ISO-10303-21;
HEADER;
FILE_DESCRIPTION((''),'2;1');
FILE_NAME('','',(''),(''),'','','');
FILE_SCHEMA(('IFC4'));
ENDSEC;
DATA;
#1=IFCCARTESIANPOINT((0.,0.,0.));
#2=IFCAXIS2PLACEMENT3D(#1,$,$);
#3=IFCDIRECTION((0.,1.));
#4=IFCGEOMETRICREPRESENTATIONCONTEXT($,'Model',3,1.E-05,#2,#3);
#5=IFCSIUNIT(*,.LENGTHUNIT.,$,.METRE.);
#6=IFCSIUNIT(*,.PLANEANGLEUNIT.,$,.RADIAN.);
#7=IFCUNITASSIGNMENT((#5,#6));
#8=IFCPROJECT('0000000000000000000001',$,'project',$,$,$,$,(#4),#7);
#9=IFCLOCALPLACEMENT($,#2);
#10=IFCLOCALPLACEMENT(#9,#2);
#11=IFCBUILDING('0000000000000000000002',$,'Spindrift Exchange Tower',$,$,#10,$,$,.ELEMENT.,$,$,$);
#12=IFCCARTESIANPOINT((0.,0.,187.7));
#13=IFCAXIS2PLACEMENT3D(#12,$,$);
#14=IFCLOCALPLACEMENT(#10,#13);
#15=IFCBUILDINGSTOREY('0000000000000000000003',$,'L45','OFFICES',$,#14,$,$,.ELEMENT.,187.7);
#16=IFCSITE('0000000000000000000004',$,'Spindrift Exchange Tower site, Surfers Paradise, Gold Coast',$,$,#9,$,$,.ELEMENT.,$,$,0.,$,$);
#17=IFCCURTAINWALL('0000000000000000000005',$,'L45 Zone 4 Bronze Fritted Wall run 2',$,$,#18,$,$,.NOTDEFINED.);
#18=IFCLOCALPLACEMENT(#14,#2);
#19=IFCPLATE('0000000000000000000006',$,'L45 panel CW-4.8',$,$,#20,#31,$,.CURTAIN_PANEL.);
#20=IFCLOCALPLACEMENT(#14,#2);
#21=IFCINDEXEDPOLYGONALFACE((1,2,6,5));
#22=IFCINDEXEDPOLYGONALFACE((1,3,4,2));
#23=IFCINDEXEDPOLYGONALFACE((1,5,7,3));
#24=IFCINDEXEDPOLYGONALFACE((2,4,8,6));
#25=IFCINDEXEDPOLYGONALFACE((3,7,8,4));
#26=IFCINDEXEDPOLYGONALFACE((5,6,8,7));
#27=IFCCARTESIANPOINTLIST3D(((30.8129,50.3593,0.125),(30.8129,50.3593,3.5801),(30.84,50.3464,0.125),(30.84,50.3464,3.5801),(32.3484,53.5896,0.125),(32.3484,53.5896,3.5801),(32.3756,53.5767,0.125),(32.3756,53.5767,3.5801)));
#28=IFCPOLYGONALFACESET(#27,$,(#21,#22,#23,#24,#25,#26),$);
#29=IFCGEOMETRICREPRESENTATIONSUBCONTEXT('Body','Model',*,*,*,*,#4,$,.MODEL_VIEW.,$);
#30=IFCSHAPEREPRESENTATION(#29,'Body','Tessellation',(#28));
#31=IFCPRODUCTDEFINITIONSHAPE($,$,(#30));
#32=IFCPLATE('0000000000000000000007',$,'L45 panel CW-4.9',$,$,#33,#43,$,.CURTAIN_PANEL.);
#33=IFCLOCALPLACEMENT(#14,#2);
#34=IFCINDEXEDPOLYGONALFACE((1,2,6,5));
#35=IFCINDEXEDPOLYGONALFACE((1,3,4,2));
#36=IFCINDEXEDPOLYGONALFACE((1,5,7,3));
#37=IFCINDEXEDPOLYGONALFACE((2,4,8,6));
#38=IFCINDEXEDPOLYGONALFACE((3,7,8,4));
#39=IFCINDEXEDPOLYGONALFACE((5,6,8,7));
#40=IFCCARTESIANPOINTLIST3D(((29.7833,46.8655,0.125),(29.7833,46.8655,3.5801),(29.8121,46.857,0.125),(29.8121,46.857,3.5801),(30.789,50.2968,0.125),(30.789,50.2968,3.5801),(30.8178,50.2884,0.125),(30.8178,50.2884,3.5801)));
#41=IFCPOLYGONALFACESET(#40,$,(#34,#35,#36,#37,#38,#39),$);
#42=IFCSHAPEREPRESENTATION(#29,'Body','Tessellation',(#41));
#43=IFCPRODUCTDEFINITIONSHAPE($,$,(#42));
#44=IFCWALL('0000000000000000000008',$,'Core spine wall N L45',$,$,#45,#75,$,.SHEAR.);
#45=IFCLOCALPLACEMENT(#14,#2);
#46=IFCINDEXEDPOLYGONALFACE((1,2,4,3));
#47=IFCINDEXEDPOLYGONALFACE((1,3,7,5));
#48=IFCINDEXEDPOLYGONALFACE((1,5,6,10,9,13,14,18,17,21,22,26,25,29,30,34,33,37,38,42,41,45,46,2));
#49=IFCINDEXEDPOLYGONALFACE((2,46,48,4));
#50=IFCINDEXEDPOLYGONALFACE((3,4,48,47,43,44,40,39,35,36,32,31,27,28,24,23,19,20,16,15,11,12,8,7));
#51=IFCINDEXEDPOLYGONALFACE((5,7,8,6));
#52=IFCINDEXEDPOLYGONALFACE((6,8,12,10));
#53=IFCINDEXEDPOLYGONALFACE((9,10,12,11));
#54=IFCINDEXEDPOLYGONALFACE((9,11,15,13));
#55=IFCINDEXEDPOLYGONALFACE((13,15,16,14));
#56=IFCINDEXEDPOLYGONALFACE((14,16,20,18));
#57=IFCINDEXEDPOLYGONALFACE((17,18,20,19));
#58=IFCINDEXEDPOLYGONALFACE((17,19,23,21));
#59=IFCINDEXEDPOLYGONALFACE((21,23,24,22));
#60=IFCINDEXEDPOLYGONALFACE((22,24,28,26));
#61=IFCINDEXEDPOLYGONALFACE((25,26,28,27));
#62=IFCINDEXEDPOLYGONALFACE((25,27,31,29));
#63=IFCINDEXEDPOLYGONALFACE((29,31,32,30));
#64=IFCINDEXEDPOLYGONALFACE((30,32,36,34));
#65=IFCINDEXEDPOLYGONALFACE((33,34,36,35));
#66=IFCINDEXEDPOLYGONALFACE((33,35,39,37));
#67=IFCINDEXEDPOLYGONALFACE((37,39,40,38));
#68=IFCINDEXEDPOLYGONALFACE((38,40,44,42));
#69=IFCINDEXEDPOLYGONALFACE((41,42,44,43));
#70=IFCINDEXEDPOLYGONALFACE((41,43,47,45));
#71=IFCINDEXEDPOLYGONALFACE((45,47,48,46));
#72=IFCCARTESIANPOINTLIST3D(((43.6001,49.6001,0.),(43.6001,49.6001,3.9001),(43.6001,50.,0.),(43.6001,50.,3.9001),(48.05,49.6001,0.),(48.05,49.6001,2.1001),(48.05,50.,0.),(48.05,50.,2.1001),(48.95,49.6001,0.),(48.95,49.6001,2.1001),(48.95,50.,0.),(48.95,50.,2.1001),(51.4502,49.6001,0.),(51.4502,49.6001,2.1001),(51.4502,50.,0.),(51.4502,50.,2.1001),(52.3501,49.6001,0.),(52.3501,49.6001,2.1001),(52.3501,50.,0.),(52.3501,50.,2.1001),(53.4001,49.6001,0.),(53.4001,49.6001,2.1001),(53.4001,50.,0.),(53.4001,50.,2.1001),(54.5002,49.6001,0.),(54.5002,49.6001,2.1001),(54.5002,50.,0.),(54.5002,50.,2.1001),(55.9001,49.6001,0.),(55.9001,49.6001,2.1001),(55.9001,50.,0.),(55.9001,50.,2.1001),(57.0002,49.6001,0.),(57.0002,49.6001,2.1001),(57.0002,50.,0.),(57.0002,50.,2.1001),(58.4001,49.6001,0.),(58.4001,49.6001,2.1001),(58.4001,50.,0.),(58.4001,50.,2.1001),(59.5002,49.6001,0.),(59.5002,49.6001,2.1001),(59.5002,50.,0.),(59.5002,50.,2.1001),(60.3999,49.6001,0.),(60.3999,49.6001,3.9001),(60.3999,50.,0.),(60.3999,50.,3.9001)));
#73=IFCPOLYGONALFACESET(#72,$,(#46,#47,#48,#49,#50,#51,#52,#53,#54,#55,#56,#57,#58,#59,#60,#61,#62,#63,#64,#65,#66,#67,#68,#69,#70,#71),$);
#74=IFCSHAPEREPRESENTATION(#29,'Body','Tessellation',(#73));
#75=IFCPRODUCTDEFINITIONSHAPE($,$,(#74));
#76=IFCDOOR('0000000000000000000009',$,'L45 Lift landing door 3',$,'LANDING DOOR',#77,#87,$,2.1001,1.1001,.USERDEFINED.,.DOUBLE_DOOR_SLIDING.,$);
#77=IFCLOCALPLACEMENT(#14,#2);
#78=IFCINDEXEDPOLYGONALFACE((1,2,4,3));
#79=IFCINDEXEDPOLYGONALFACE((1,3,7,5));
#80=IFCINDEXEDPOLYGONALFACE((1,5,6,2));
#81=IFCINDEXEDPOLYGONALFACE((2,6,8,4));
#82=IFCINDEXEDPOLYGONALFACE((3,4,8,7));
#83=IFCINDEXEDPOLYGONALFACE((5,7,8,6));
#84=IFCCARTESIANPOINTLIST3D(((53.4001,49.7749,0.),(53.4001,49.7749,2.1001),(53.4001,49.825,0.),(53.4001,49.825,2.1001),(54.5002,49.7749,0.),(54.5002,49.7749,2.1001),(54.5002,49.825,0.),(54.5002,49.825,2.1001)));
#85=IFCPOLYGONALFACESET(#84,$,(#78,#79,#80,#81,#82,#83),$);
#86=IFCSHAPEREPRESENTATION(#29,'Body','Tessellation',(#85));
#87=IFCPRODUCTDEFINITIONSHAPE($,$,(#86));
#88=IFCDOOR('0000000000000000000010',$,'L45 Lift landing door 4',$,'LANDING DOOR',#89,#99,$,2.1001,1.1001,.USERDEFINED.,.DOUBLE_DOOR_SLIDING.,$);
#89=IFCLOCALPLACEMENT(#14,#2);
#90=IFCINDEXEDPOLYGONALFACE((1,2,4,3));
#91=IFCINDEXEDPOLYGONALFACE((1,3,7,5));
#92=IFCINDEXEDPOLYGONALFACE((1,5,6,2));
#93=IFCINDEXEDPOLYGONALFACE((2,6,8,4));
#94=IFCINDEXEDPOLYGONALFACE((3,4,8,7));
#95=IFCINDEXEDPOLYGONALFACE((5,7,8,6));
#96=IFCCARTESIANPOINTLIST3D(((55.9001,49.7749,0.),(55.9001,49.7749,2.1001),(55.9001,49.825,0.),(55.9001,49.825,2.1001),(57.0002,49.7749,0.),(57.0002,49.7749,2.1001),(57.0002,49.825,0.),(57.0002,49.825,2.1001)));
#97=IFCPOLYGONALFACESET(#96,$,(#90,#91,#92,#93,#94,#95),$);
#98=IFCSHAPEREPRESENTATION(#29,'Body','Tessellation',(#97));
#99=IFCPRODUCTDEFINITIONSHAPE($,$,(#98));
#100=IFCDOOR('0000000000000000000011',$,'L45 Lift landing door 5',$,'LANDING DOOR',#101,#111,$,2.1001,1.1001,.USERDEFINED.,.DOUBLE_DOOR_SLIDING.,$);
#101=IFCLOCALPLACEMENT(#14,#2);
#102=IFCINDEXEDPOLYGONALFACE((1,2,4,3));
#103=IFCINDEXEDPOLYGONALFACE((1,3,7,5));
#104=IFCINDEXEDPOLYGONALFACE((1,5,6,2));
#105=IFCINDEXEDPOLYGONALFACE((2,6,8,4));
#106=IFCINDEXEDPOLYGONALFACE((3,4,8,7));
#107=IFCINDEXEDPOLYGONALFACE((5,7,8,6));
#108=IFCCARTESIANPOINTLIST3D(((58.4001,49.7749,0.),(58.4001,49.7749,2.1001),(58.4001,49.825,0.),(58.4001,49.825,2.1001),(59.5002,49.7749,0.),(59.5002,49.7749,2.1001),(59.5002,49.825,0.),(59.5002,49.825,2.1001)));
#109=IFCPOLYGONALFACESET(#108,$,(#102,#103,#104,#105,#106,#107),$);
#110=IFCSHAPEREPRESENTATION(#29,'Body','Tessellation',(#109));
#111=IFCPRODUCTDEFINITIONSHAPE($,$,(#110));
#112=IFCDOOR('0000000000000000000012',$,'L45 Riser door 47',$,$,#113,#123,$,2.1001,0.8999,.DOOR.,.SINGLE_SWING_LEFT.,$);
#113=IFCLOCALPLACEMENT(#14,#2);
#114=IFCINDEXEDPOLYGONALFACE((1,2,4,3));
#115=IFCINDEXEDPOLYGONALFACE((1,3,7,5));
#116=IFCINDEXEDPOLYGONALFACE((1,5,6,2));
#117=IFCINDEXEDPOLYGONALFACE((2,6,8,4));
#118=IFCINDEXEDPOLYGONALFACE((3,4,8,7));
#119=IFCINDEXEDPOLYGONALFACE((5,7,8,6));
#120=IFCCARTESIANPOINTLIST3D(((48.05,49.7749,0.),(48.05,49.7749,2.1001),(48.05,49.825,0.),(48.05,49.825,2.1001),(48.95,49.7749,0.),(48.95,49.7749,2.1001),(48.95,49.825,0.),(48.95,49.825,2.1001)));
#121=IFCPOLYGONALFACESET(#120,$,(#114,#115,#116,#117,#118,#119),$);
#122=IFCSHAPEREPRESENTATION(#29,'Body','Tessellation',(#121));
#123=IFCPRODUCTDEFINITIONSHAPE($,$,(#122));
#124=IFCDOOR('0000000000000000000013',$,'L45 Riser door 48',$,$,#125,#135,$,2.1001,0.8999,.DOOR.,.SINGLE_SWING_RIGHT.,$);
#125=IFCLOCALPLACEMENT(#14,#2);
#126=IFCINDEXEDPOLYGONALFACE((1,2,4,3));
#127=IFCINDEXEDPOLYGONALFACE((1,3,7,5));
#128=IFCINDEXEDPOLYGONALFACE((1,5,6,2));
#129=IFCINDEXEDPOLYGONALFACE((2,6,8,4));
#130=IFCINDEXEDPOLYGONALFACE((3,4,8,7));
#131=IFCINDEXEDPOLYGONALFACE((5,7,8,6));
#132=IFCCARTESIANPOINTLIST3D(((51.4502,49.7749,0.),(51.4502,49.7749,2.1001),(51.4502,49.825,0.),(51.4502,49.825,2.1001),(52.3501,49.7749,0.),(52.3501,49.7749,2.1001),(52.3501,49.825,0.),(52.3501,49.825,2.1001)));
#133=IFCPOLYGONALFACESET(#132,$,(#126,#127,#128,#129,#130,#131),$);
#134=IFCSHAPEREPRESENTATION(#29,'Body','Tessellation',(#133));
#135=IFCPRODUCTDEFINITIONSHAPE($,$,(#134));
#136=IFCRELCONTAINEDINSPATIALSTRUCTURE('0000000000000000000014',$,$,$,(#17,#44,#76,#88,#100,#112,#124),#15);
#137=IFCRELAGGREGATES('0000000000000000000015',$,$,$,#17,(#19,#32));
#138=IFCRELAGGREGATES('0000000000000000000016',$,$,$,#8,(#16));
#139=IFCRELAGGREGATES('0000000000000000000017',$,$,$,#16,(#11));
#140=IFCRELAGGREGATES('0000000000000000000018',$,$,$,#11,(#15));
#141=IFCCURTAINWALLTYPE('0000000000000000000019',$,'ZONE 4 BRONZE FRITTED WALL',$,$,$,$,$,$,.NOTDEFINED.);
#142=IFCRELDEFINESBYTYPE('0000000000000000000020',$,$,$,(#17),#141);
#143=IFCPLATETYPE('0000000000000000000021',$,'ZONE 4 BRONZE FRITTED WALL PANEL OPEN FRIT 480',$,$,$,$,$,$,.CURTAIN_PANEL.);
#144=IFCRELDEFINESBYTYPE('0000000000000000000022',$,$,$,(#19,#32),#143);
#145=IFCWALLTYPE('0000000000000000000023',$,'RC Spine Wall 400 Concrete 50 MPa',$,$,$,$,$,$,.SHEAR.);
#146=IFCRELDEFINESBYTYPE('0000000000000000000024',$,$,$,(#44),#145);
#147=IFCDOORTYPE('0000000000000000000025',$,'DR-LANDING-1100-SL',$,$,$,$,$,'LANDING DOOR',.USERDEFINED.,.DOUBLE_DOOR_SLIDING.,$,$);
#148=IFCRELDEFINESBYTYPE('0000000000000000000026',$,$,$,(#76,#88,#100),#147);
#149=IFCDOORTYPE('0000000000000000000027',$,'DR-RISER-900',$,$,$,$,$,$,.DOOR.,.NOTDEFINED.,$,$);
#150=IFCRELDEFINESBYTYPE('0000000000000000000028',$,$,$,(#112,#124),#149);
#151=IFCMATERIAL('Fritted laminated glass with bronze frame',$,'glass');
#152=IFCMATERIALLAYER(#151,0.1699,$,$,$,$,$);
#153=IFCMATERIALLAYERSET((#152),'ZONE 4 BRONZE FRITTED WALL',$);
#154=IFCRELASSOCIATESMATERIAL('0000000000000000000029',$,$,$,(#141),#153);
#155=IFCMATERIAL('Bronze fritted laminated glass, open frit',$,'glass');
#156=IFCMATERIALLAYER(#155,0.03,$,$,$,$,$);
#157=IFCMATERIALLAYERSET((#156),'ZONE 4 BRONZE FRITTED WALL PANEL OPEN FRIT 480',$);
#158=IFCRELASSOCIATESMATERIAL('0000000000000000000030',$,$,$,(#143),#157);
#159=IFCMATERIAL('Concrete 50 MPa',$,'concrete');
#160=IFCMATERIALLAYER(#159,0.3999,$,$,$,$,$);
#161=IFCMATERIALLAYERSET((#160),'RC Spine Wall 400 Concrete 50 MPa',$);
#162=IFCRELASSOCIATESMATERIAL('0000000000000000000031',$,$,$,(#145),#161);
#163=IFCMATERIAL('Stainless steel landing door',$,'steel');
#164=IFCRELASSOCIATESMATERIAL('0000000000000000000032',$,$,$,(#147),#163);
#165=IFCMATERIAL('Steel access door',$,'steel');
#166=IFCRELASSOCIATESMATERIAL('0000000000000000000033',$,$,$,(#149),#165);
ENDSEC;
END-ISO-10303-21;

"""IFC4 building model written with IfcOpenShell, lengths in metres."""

from ifc_helpers import new_model, si_unit, direction, frame, frame_2d, origin, origin_2d, place, context, subcontext, project, spatial, rectangle, extrude, source, transform, mapped, material, layer, layer_set, type_object, element, fill, aggregate, save


model = new_model("IFC4")

# Units and contexts
model_context = context("Model", 3, precision=1e-05, world=origin(), true_north=direction((0.0, 1.0)))
body_context = subcontext(model_context, "Body", "Model", "MODEL_VIEW")
ifc_project = project(units=[si_unit("LENGTHUNIT", "METRE"), si_unit("PLANEANGLEUNIT", "RADIAN")], contexts=[model_context])

# Site, building, storey
site_placement = place(None, origin())
site = spatial("IfcSite", under=ifc_project, at=site_placement, Name="Spindrift Exchange Tower site, Surfers Paradise, Gold Coast", CompositionType="ELEMENT", RefElevation=0.0)
building_placement = place(site_placement, origin())
building = spatial("IfcBuilding", under=site, at=building_placement, Name="Spindrift Exchange Tower", CompositionType="ELEMENT")
storey_placement = place(building_placement, frame((0.0, 0.0, 187.7)))
storey = spatial("IfcBuildingStorey", under=building, at=storey_placement, Name="L45", Description="OFFICES", CompositionType="ELEMENT", Elevation=187.7)

# Shared definitions
ifc_material_1 = material(Name="Concrete 50 MPa", Category="concrete")

# Curtain wall, plates
ifc_material_2 = material(Name="Fritted laminated glass with bronze frame", Category="glass")
ifc_layer_1 = layer(ifc_material_2, 0.1699)
ifc_layer_set_1 = layer_set([ifc_layer_1], Name="ZONE 4 BRONZE FRITTED WALL")
curtain_wall_type = type_object("IfcCurtainWallType", Name="ZONE 4 BRONZE FRITTED WALL", PredefinedType="NOTDEFINED", material=ifc_layer_set_1)
curtain_wall_placement = place(storey_placement, origin())
curtain_wall = element("IfcCurtainWall", 1, at=curtain_wall_placement, inside=storey, type_object=curtain_wall_type, Name="L45 Zone 4 Bronze Fritted Wall run 2", PredefinedType="NOTDEFINED")
ifc_material_3 = material(Name="Bronze fritted laminated glass, open frit", Category="glass")
ifc_layer_2 = layer(ifc_material_3, 0.03)
ifc_layer_set_2 = layer_set([ifc_layer_2], Name="ZONE 4 BRONZE FRITTED WALL PANEL OPEN FRIT 480")
plate_type_1 = type_object("IfcPlateType", Name="ZONE 4 BRONZE FRITTED WALL PANEL OPEN FRIT 480", PredefinedType="CURTAIN_PANEL", material=ifc_layer_set_2)
shared_shape_1 = source(origin(), body_context, "Body", "SweptSolid", [
    extrude(rectangle(XDim=3.5767, YDim=0.03, at=origin_2d()), origin(), (0.0, 0.0, 1.0), 3.4551),
])
plate_1_placement = place(storey_placement, frame((31.5942, 51.968, 0.125), z_axis=(0.0, 0.0, 1.0), x_axis=(-0.42932, -0.903153, 0.0)))
plate_1 = element("IfcPlate", 2, at=plate_1_placement, type_object=plate_type_1, Name="L45 panel CW-4.8", PredefinedType="CURTAIN_PANEL", context=body_context, shape_type="MappedRepresentation", body=[
    mapped(shared_shape_1, transform((0.0, 0.0, 0.0), scale=1.0)),
])
shared_shape_2 = source(origin(), body_context, "Body", "SweptSolid", [
    extrude(rectangle(XDim=3.5757, YDim=0.03, at=origin_2d()), origin(), (0.0, 0.0, 1.0), 3.4551),
])
plate_2_placement = place(storey_placement, frame((30.3005, 48.5769, 0.125), z_axis=(0.0, 0.0, 1.0), x_axis=(-0.281248, -0.959635, 0.0)))
plate_2 = element("IfcPlate", 3, at=plate_2_placement, type_object=plate_type_1, Name="L45 panel CW-4.9", PredefinedType="CURTAIN_PANEL", context=body_context, shape_type="MappedRepresentation", body=[
    mapped(shared_shape_2, transform((0.0, 0.0, 0.0), scale=1.0)),
])
aggregate(curtain_wall, [plate_1, plate_2])

# Wall, openings, doors
ifc_layer_3 = layer(ifc_material_1, 0.3999)
ifc_layer_set_3 = layer_set([ifc_layer_3], Name="RC Spine Wall 400 Concrete 50 MPa")
wall_type_1 = type_object("IfcWallType", Name="RC Spine Wall 400 Concrete 50 MPa", PredefinedType="SHEAR", material=ifc_layer_set_3)
wall_1_placement = place(storey_placement, frame((43.6001, 49.8, 0.0), z_axis=(0.0, 0.0, 1.0), x_axis=(1.0, 0.0, 0.0)))
wall_1 = element("IfcWall", 4, at=wall_1_placement, inside=storey, type_object=wall_type_1, Name="Core spine wall N L45", PredefinedType="SHEAR", context=body_context, shape_type="SweptSolid", body=[
    extrude(rectangle(XDim=16.7998, YDim=0.3999, at=frame_2d((8.3999, 0.0))), origin(), (0.0, 0.0, 1.0), 3.9001),
])
opening_1_placement = place(wall_1_placement, frame((9.8, 0.0, 0.0)))
opening_1 = element("IfcOpeningElement", 5, at=opening_1_placement, cuts=wall_1, PredefinedType="OPENING", context=body_context, shape_type="SweptSolid", body=[
    extrude(rectangle(XDim=1.1001, YDim=2.1001, at=frame_2d((0.55, 1.05))), frame((0.0, 0.21, 0.0), z_axis=(0.0, -1.0, 0.0), x_axis=(1.0, 0.0, 0.0)), (0.0, 0.0, 1.0), 0.4199),
])
opening_2_placement = place(wall_1_placement, frame((12.3, 0.0, 0.0)))
opening_2 = element("IfcOpeningElement", 6, at=opening_2_placement, cuts=wall_1, PredefinedType="OPENING", context=body_context, shape_type="SweptSolid", body=[
    extrude(rectangle(XDim=1.1001, YDim=2.1001, at=frame_2d((0.55, 1.05))), frame((0.0, 0.21, 0.0), z_axis=(0.0, -1.0, 0.0), x_axis=(1.0, 0.0, 0.0)), (0.0, 0.0, 1.0), 0.4199),
])
opening_3_placement = place(wall_1_placement, frame((14.8, 0.0, 0.0)))
opening_3 = element("IfcOpeningElement", 7, at=opening_3_placement, cuts=wall_1, PredefinedType="OPENING", context=body_context, shape_type="SweptSolid", body=[
    extrude(rectangle(XDim=1.1001, YDim=2.1001, at=frame_2d((0.55, 1.05))), frame((0.0, 0.21, 0.0), z_axis=(0.0, -1.0, 0.0), x_axis=(1.0, 0.0, 0.0)), (0.0, 0.0, 1.0), 0.4199),
])
opening_4_placement = place(wall_1_placement, frame((4.45, 0.0, 0.0)))
opening_4 = element("IfcOpeningElement", 8, at=opening_4_placement, cuts=wall_1, PredefinedType="OPENING", context=body_context, shape_type="SweptSolid", body=[
    extrude(rectangle(XDim=0.8999, YDim=2.1001, at=frame_2d((0.45, 1.05))), frame((0.0, 0.21, 0.0), z_axis=(0.0, -1.0, 0.0), x_axis=(1.0, 0.0, 0.0)), (0.0, 0.0, 1.0), 0.4199),
])
opening_5_placement = place(wall_1_placement, frame((7.8501, 0.0, 0.0)))
opening_5 = element("IfcOpeningElement", 9, at=opening_5_placement, cuts=wall_1, PredefinedType="OPENING", context=body_context, shape_type="SweptSolid", body=[
    extrude(rectangle(XDim=0.8999, YDim=2.1001, at=frame_2d((0.45, 1.05))), frame((0.0, 0.21, 0.0), z_axis=(0.0, -1.0, 0.0), x_axis=(1.0, 0.0, 0.0)), (0.0, 0.0, 1.0), 0.4199),
])
ifc_material_4 = material(Name="Stainless steel landing door", Category="steel")
door_type_1 = type_object("IfcDoorType", Name="DR-LANDING-1100-SL", ElementType="LANDING DOOR", OperationType="DOUBLE_DOOR_SLIDING", PredefinedType="USERDEFINED", material=ifc_material_4)
shared_shape_3 = source(origin(), body_context, "Body", "SweptSolid", [
    extrude(rectangle(XDim=1.1001, YDim=2.1001, at=frame_2d((0.55, 1.05))), frame((0.0, 0.0249, 0.0), z_axis=(0.0, -1.0, 0.0), x_axis=(1.0, 0.0, 0.0)), (0.0, 0.0, 1.0), 0.05),
])
door_1_placement = place(opening_1_placement, origin())
door_1 = element("IfcDoor", 10, at=door_1_placement, inside=storey, type_object=door_type_1, Name="L45 Lift landing door 3", ObjectType="LANDING DOOR", OperationType="DOUBLE_DOOR_SLIDING", OverallHeight=2.1001, OverallWidth=1.1001, PredefinedType="USERDEFINED", context=body_context, shape_type="MappedRepresentation", body=[
    mapped(shared_shape_3, transform((0.0, 0.0, 0.0), scale=1.0)),
])
fill(opening_1, door_1)
door_2_placement = place(opening_2_placement, origin())
door_2 = element("IfcDoor", 11, at=door_2_placement, inside=storey, type_object=door_type_1, Name="L45 Lift landing door 4", ObjectType="LANDING DOOR", OperationType="DOUBLE_DOOR_SLIDING", OverallHeight=2.1001, OverallWidth=1.1001, PredefinedType="USERDEFINED", context=body_context, shape_type="MappedRepresentation", body=[
    mapped(shared_shape_3, transform((0.0, 0.0, 0.0), scale=1.0)),
])
fill(opening_2, door_2)
door_3_placement = place(opening_3_placement, origin())
door_3 = element("IfcDoor", 12, at=door_3_placement, inside=storey, type_object=door_type_1, Name="L45 Lift landing door 5", ObjectType="LANDING DOOR", OperationType="DOUBLE_DOOR_SLIDING", OverallHeight=2.1001, OverallWidth=1.1001, PredefinedType="USERDEFINED", context=body_context, shape_type="MappedRepresentation", body=[
    mapped(shared_shape_3, transform((0.0, 0.0, 0.0), scale=1.0)),
])
fill(opening_3, door_3)
ifc_material_5 = material(Name="Steel access door", Category="steel")
door_type_2 = type_object("IfcDoorType", Name="DR-RISER-900", OperationType="NOTDEFINED", PredefinedType="DOOR", material=ifc_material_5)
shared_shape_4 = source(origin(), body_context, "Body", "SweptSolid", [
    extrude(rectangle(XDim=0.8999, YDim=2.1001, at=frame_2d((0.45, 1.05))), frame((0.0, 0.0249, 0.0), z_axis=(0.0, -1.0, 0.0), x_axis=(1.0, 0.0, 0.0)), (0.0, 0.0, 1.0), 0.05),
])
door_4_placement = place(opening_4_placement, origin())
door_4 = element("IfcDoor", 13, at=door_4_placement, inside=storey, type_object=door_type_2, Name="L45 Riser door 47", OperationType="SINGLE_SWING_LEFT", OverallHeight=2.1001, OverallWidth=0.8999, PredefinedType="DOOR", context=body_context, shape_type="MappedRepresentation", body=[
    mapped(shared_shape_4, transform((0.0, 0.0, 0.0), scale=1.0)),
])
fill(opening_4, door_4)
door_5_placement = place(opening_5_placement, origin())
door_5 = element("IfcDoor", 14, at=door_5_placement, inside=storey, type_object=door_type_2, Name="L45 Riser door 48", OperationType="SINGLE_SWING_RIGHT", OverallHeight=2.1001, OverallWidth=0.8999, PredefinedType="DOOR", context=body_context, shape_type="MappedRepresentation", body=[
    mapped(shared_shape_4, transform((0.0, 0.0, 0.0), scale=1.0)),
])
fill(opening_5, door_5)

save(model, "model.ifc")
